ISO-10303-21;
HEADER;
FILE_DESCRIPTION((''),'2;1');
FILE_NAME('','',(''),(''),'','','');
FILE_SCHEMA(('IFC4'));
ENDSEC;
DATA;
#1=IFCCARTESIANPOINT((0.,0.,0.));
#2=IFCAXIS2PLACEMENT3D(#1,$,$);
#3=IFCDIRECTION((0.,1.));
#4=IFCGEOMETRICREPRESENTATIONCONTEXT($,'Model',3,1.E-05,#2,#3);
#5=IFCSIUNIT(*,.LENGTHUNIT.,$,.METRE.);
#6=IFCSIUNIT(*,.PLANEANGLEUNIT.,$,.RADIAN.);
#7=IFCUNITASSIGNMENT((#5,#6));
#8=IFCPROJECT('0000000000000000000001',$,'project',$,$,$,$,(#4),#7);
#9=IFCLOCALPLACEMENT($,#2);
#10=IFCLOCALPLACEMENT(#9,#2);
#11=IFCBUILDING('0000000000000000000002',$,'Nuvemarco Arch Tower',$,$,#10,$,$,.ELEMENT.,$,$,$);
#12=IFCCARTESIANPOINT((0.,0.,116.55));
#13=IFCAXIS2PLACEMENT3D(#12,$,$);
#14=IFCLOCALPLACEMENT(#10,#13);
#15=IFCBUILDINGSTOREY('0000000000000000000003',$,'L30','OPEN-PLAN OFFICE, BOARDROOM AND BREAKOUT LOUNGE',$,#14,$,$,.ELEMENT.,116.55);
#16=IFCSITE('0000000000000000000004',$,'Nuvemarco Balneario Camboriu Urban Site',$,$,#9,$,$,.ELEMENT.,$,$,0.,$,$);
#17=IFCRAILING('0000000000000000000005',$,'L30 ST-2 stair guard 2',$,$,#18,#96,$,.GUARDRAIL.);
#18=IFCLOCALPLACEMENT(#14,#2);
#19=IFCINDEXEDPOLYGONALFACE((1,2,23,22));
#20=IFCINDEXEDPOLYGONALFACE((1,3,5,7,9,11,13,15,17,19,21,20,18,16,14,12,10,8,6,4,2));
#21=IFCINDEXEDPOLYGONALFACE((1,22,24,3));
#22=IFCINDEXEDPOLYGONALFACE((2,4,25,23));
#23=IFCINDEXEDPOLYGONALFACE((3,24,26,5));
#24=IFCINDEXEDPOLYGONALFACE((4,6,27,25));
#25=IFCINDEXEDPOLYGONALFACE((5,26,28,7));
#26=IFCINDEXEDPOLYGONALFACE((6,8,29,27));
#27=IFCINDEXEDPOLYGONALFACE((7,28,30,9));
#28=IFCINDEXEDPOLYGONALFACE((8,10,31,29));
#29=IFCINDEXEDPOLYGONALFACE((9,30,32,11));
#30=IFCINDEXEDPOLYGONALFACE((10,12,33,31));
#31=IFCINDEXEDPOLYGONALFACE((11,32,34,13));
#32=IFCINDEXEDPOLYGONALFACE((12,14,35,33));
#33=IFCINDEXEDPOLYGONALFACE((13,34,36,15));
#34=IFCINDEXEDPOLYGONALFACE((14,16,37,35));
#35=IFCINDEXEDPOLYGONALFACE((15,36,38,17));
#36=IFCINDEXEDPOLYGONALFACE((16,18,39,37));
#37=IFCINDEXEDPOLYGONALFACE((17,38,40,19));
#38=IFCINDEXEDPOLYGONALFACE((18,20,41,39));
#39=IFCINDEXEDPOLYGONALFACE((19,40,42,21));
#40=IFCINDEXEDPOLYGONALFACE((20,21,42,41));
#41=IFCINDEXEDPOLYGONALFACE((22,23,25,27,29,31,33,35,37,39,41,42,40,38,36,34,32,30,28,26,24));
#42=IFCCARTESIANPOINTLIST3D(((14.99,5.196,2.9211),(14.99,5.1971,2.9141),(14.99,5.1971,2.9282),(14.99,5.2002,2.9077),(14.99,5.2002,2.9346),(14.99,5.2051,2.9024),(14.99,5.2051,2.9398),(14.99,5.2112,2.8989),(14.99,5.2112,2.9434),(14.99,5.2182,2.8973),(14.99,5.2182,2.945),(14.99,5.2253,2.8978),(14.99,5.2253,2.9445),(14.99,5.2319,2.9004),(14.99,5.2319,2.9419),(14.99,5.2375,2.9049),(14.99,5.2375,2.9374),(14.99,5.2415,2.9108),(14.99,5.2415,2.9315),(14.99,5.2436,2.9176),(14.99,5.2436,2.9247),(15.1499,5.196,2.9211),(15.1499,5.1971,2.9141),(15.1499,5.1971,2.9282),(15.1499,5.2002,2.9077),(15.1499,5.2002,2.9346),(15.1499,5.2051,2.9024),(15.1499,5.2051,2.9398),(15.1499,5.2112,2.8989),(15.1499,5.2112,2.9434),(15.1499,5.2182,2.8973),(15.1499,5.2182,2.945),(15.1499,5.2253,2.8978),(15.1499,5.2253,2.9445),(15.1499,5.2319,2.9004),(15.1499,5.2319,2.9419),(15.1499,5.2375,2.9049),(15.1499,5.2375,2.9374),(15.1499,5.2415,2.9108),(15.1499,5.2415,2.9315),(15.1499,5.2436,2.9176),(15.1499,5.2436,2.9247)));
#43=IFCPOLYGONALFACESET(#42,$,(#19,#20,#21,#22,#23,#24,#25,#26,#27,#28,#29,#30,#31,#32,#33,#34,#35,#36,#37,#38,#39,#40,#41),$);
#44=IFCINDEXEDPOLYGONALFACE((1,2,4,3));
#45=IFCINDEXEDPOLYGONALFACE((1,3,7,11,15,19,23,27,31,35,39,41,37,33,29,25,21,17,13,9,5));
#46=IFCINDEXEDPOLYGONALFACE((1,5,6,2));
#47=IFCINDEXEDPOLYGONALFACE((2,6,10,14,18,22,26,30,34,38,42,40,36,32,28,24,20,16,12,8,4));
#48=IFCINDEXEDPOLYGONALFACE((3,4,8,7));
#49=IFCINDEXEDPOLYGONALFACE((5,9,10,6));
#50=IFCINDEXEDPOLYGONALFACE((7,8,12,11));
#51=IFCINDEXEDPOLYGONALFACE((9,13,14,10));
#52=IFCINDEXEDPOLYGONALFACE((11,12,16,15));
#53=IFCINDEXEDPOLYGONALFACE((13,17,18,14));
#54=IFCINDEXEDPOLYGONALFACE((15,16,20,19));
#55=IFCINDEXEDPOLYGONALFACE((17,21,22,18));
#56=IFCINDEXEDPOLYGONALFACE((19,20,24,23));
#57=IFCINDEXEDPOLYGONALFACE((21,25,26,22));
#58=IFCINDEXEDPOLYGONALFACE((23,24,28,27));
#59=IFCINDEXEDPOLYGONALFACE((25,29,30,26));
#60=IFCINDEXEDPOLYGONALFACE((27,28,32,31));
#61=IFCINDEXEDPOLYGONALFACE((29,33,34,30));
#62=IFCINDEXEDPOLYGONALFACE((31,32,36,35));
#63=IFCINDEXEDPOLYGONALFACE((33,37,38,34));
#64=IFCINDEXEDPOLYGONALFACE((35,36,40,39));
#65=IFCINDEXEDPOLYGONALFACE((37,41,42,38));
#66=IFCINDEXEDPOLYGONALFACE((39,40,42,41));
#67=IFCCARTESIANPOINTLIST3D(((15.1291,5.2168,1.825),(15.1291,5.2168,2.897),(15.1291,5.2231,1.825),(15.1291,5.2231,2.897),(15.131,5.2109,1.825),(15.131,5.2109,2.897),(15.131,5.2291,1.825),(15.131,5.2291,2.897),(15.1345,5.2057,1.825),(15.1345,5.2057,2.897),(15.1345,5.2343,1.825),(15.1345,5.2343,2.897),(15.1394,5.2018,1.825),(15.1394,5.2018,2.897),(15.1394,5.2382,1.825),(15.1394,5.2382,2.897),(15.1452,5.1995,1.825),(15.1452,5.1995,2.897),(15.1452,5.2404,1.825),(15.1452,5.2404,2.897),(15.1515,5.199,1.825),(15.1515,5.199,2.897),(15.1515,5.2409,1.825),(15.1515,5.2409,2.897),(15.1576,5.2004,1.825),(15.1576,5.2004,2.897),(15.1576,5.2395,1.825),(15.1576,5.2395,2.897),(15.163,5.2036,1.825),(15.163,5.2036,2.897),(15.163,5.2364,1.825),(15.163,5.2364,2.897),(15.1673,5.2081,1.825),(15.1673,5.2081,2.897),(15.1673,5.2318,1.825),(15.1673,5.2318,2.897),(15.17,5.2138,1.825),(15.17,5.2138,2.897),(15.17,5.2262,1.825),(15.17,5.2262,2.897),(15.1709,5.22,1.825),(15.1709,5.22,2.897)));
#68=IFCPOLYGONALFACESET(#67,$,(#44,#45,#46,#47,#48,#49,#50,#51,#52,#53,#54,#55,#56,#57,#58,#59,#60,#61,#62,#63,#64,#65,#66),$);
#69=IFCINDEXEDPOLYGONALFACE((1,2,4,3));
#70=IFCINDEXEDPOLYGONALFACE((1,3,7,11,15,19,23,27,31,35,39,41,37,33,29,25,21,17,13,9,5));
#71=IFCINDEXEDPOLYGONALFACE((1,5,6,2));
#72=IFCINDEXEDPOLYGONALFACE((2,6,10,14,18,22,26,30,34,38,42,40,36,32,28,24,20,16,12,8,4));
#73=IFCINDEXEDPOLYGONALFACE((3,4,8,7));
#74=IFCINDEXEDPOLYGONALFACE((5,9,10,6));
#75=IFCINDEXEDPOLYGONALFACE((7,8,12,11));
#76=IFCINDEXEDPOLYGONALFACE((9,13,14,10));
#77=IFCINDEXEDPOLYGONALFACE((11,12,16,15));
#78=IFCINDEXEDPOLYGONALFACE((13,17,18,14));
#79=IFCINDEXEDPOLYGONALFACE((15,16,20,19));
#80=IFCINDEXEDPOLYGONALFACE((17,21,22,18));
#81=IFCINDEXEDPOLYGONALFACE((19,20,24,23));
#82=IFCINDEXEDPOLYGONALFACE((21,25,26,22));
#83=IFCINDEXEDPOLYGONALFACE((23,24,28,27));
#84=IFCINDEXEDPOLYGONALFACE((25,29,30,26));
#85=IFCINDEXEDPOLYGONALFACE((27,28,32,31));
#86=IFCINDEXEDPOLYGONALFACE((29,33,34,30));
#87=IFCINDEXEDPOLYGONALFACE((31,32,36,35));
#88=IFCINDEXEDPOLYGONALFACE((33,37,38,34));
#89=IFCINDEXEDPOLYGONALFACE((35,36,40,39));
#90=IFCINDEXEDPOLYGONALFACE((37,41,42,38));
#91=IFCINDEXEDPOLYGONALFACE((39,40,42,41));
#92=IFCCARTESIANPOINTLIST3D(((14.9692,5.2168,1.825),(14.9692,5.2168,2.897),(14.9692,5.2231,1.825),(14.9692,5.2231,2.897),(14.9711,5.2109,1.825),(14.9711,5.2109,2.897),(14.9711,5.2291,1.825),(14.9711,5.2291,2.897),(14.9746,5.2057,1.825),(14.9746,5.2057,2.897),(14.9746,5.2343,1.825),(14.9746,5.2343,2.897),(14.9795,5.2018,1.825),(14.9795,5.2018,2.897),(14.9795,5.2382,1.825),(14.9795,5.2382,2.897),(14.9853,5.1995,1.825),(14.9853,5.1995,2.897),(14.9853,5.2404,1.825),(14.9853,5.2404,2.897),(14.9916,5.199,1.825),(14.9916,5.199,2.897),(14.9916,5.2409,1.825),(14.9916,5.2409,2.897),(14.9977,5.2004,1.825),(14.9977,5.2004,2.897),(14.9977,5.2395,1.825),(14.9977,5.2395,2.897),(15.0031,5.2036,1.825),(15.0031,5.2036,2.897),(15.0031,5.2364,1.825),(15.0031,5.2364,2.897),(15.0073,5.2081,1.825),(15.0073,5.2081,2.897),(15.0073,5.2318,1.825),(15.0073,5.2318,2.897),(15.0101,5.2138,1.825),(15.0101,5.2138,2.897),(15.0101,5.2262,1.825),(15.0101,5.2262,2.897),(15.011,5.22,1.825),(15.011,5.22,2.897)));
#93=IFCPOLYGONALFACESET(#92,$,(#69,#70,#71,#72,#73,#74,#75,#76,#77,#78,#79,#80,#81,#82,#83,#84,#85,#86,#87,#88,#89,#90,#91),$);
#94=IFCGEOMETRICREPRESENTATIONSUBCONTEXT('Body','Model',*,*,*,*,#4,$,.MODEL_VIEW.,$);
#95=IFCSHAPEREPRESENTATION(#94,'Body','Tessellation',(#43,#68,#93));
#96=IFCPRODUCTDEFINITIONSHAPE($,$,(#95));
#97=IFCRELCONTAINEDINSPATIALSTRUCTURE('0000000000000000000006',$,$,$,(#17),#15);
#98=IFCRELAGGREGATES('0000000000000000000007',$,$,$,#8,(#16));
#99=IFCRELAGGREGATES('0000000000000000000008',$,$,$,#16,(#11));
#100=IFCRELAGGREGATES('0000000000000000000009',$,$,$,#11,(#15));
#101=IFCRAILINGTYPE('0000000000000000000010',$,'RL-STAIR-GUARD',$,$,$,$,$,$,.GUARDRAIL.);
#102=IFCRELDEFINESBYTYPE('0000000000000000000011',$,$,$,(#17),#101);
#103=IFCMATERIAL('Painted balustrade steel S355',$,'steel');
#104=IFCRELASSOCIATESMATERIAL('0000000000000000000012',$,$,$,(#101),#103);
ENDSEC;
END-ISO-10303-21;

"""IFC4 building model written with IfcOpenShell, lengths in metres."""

from ifc_helpers import new_model, si_unit, direction, frame, origin, origin_2d, place, context, subcontext, project, spatial, circle, extrude, material, type_object, element, save


model = new_model("IFC4")

# Units and contexts
model_context = context("Model", 3, precision=1e-05, world=origin(), true_north=direction((0.0, 1.0)))
body_context = subcontext(model_context, "Body", "Model", "MODEL_VIEW")
ifc_project = project(units=[si_unit("LENGTHUNIT", "METRE"), si_unit("PLANEANGLEUNIT", "RADIAN")], contexts=[model_context])

# Site, building, storey
site_placement = place(None, origin())
site = spatial("IfcSite", under=ifc_project, at=site_placement, Name="Nuvemarco Balneario Camboriu Urban Site", CompositionType="ELEMENT", RefElevation=0.0)
building_placement = place(site_placement, origin())
building = spatial("IfcBuilding", under=site, at=building_placement, Name="Nuvemarco Arch Tower", CompositionType="ELEMENT")
storey_placement = place(building_placement, frame((0.0, 0.0, 116.55)))
storey = spatial("IfcBuildingStorey", under=building, at=storey_placement, Name="L30", Description="OPEN-PLAN OFFICE, BOARDROOM AND BREAKOUT LOUNGE", CompositionType="ELEMENT", Elevation=116.55)

# Railing
ifc_material_1 = material(Name="Painted balustrade steel S355", Category="steel")
railing_type_1 = type_object("IfcRailingType", Name="RL-STAIR-GUARD", PredefinedType="GUARDRAIL", material=ifc_material_1)
railing_1_placement = place(storey_placement, frame((15.1499, 5.22, 1.825)))
element("IfcRailing", 1, at=railing_1_placement, inside=storey, type_object=railing_type_1, Name="L30 ST-2 stair guard 2", PredefinedType="GUARDRAIL", context=body_context, shape_type="SweptSolid", body=[
    extrude(circle(Radius=0.0239, at=origin_2d()), frame((0.0, 0.0, 1.0962), z_axis=(-1.0, 0.0, 0.0), x_axis=(0.0, -1.0, 0.0)), (0.0, 0.0, 1.0), 0.1599),
    extrude(circle(Radius=0.021, at=origin_2d()), origin(), (0.0, 0.0, 1.0), 1.072),
    extrude(circle(Radius=0.021, at=origin_2d()), frame((-0.1599, 0.0, 0.0)), (0.0, 0.0, 1.0), 1.072),
])

save(model, "model.ifc")
